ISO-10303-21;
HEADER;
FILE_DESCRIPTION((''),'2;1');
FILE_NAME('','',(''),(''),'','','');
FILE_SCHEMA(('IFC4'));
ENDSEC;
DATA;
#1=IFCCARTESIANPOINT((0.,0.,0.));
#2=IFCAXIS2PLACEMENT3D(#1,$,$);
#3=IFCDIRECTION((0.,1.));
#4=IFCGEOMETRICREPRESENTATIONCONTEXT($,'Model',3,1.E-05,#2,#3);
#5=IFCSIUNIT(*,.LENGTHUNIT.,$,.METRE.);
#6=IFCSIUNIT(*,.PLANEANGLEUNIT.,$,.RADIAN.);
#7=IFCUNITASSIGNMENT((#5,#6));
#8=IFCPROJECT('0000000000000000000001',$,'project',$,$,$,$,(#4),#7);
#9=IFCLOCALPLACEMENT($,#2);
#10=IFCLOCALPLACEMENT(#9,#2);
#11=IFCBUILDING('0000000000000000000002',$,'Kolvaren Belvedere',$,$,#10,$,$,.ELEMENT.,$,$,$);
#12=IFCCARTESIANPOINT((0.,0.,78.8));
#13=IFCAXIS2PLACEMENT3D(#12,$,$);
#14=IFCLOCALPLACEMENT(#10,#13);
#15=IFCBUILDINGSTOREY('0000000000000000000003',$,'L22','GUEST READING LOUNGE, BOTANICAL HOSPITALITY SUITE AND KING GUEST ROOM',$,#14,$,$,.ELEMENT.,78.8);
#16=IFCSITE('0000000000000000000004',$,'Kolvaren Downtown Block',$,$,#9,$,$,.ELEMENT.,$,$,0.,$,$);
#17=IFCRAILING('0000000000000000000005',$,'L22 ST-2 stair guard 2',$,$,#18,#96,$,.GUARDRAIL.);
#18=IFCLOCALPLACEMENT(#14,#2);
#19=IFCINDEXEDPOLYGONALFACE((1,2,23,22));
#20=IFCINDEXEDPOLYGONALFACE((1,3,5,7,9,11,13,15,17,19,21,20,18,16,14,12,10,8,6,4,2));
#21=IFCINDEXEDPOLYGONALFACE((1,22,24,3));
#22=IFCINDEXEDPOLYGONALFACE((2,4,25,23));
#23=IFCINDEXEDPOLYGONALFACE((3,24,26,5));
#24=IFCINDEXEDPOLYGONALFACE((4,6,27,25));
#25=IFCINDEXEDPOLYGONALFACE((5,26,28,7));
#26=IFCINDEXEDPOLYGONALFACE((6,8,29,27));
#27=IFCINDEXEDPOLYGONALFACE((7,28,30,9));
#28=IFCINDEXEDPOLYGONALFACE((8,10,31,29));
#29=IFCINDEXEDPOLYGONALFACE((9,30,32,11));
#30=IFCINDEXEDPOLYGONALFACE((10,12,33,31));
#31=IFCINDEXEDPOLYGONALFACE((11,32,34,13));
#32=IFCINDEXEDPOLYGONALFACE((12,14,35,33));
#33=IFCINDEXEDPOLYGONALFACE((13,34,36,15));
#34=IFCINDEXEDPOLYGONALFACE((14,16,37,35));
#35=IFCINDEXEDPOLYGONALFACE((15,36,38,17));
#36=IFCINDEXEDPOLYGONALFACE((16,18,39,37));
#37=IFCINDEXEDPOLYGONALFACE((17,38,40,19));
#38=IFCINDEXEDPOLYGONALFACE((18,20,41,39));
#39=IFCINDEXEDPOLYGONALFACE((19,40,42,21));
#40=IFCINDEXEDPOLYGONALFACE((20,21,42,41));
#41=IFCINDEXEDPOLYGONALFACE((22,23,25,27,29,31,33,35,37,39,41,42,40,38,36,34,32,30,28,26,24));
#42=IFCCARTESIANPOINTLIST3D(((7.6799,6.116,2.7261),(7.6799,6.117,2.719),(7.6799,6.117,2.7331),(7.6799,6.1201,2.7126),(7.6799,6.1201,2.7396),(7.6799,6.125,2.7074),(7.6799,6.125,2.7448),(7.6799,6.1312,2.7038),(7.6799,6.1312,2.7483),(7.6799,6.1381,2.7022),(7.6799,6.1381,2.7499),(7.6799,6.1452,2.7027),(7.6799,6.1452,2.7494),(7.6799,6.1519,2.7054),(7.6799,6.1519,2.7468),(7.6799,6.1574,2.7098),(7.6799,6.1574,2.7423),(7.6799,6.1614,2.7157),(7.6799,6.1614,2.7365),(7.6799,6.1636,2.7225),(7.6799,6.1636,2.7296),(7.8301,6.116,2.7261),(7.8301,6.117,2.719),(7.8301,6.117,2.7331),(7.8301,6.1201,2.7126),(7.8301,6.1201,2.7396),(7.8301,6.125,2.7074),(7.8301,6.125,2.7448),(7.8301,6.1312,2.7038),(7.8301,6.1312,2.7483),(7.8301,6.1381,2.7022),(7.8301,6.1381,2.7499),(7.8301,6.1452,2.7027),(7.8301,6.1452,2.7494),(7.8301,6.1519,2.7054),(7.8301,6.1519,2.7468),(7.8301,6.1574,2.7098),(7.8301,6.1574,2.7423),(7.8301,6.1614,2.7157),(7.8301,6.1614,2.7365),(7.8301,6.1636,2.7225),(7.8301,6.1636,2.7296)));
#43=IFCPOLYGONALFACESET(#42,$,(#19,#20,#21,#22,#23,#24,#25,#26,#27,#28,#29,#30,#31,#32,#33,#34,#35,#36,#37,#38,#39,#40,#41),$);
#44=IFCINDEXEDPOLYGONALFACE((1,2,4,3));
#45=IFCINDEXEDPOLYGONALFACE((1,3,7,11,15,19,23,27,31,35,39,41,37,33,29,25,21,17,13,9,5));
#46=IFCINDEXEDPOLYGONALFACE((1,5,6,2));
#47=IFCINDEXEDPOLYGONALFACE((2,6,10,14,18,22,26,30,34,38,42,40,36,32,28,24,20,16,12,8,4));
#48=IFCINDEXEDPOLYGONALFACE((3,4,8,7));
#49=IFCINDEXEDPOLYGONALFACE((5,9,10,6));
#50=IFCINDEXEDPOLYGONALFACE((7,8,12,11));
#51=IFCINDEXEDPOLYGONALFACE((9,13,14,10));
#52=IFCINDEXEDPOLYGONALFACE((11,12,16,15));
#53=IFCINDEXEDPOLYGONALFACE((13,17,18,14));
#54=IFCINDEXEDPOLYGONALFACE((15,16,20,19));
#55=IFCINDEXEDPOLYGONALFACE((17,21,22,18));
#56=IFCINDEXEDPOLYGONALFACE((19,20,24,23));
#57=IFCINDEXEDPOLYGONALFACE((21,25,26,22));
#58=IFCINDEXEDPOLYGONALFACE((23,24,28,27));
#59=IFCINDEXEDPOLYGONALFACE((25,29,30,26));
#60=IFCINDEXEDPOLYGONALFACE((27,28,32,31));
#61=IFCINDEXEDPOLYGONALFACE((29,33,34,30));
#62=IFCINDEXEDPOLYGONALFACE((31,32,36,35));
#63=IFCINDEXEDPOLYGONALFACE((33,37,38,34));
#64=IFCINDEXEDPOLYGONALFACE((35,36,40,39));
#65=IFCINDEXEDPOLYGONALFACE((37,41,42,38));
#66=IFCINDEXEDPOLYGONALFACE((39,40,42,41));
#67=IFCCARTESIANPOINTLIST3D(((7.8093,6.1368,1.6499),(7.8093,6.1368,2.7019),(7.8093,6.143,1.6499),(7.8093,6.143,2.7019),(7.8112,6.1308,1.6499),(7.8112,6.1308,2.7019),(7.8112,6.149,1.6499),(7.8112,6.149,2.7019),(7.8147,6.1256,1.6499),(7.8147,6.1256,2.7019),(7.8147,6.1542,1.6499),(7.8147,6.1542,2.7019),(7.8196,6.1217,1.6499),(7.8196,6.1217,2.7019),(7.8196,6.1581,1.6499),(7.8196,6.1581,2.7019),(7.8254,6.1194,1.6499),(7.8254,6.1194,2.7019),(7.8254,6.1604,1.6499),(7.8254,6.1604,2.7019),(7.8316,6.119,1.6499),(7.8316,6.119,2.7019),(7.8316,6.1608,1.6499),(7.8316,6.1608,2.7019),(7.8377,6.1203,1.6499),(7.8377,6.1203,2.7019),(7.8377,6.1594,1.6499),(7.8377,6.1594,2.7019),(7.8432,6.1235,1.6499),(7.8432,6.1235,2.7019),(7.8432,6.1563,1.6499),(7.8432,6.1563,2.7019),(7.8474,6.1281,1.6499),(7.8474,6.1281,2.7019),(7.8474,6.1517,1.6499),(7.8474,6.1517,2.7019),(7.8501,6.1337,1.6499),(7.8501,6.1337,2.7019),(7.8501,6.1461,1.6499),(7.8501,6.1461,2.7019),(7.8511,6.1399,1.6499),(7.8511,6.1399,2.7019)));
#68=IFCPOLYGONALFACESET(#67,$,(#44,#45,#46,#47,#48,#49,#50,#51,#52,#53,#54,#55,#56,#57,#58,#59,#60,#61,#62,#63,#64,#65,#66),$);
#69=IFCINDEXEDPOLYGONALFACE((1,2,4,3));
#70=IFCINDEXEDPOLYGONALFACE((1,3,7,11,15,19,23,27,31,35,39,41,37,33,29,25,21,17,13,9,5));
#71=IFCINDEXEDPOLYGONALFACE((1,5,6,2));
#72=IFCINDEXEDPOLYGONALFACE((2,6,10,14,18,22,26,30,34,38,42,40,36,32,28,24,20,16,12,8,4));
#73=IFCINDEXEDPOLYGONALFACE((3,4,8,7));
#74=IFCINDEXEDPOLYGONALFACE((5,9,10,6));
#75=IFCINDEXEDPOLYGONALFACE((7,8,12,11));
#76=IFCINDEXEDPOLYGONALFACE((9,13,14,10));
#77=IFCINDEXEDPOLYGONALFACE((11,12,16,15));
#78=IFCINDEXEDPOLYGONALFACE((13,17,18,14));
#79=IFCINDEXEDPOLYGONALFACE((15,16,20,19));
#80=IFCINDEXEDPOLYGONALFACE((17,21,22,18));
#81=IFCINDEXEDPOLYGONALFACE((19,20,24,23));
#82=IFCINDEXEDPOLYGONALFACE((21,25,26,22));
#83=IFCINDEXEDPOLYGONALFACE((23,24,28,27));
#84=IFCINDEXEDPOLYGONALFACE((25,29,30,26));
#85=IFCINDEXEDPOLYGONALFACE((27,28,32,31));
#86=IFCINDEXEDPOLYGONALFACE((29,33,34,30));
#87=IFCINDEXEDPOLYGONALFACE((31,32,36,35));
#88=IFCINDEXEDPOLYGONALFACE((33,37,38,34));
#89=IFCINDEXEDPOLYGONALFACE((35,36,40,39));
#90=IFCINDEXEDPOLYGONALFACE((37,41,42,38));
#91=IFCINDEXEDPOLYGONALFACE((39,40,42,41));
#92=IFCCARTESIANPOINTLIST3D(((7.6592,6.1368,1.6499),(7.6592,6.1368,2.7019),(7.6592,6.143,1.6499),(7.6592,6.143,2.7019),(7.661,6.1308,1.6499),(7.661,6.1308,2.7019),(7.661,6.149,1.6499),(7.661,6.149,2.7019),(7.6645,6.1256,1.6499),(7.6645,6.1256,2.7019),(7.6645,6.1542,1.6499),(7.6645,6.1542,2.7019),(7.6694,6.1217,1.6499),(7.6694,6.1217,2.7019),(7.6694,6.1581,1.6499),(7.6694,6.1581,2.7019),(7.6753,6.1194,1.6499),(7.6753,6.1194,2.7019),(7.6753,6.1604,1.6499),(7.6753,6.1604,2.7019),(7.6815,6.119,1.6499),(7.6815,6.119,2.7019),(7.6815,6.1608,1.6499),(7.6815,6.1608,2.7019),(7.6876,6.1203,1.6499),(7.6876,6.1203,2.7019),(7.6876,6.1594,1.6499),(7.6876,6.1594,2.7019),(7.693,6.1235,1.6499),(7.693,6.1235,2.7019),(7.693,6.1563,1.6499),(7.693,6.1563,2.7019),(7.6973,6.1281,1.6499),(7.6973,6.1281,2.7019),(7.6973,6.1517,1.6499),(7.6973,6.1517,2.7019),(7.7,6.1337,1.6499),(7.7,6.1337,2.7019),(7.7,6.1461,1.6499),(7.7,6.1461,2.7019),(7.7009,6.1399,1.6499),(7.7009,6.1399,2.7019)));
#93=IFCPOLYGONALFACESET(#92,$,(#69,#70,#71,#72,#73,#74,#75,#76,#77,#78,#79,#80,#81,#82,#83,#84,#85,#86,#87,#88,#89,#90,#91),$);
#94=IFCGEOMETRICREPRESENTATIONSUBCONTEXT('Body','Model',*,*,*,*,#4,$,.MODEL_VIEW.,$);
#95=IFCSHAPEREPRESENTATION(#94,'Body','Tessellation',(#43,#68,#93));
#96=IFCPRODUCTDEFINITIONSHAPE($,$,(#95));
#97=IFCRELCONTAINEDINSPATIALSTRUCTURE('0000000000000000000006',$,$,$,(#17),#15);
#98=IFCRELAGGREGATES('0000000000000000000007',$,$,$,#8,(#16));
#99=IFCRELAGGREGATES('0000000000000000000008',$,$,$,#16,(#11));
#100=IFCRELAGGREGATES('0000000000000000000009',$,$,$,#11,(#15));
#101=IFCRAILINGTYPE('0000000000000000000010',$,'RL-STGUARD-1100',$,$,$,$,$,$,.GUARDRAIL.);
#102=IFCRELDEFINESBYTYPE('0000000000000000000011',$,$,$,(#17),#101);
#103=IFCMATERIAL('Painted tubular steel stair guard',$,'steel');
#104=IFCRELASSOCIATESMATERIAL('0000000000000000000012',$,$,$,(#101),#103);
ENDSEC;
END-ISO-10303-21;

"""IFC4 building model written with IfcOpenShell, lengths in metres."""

from ifc_helpers import new_model, si_unit, direction, frame, origin, origin_2d, place, context, subcontext, project, spatial, circle, extrude, material, type_object, element, save


model = new_model("IFC4")

# Units and contexts
model_context = context("Model", 3, precision=1e-05, world=origin(), true_north=direction((0.0, 1.0)))
body_context = subcontext(model_context, "Body", "Model", "MODEL_VIEW")
ifc_project = project(units=[si_unit("LENGTHUNIT", "METRE"), si_unit("PLANEANGLEUNIT", "RADIAN")], contexts=[model_context])

# Site, building, storey
site_placement = place(None, origin())
site = spatial("IfcSite", under=ifc_project, at=site_placement, Name="Kolvaren Downtown Block", CompositionType="ELEMENT", RefElevation=0.0)
building_placement = place(site_placement, origin())
building = spatial("IfcBuilding", under=site, at=building_placement, Name="Kolvaren Belvedere", CompositionType="ELEMENT")
storey_placement = place(building_placement, frame((0.0, 0.0, 78.8)))
storey = spatial("IfcBuildingStorey", under=building, at=storey_placement, Name="L22", Description="GUEST READING LOUNGE, BOTANICAL HOSPITALITY SUITE AND KING GUEST ROOM", CompositionType="ELEMENT", Elevation=78.8)

# Railing
ifc_material_1 = material(Name="Painted tubular steel stair guard", Category="steel")
railing_type_1 = type_object("IfcRailingType", Name="RL-STGUARD-1100", PredefinedType="GUARDRAIL", material=ifc_material_1)
railing_1_placement = place(storey_placement, frame((7.8301, 6.1399, 1.6499)))
element("IfcRailing", 1, at=railing_1_placement, inside=storey, type_object=railing_type_1, Name="L22 ST-2 stair guard 2", PredefinedType="GUARDRAIL", context=body_context, shape_type="SweptSolid", body=[
    extrude(circle(Radius=0.0239, at=origin_2d()), frame((0.0, 0.0, 1.0762), z_axis=(-1.0, 0.0, 0.0), x_axis=(0.0, -1.0, 0.0)), (0.0, 0.0, 1.0), 0.1501),
    extrude(circle(Radius=0.021, at=origin_2d()), origin(), (0.0, 0.0, 1.0), 1.052),
    extrude(circle(Radius=0.021, at=origin_2d()), frame((-0.1501, 0.0, 0.0)), (0.0, 0.0, 1.0), 1.052),
])

save(model, "model.ifc")
